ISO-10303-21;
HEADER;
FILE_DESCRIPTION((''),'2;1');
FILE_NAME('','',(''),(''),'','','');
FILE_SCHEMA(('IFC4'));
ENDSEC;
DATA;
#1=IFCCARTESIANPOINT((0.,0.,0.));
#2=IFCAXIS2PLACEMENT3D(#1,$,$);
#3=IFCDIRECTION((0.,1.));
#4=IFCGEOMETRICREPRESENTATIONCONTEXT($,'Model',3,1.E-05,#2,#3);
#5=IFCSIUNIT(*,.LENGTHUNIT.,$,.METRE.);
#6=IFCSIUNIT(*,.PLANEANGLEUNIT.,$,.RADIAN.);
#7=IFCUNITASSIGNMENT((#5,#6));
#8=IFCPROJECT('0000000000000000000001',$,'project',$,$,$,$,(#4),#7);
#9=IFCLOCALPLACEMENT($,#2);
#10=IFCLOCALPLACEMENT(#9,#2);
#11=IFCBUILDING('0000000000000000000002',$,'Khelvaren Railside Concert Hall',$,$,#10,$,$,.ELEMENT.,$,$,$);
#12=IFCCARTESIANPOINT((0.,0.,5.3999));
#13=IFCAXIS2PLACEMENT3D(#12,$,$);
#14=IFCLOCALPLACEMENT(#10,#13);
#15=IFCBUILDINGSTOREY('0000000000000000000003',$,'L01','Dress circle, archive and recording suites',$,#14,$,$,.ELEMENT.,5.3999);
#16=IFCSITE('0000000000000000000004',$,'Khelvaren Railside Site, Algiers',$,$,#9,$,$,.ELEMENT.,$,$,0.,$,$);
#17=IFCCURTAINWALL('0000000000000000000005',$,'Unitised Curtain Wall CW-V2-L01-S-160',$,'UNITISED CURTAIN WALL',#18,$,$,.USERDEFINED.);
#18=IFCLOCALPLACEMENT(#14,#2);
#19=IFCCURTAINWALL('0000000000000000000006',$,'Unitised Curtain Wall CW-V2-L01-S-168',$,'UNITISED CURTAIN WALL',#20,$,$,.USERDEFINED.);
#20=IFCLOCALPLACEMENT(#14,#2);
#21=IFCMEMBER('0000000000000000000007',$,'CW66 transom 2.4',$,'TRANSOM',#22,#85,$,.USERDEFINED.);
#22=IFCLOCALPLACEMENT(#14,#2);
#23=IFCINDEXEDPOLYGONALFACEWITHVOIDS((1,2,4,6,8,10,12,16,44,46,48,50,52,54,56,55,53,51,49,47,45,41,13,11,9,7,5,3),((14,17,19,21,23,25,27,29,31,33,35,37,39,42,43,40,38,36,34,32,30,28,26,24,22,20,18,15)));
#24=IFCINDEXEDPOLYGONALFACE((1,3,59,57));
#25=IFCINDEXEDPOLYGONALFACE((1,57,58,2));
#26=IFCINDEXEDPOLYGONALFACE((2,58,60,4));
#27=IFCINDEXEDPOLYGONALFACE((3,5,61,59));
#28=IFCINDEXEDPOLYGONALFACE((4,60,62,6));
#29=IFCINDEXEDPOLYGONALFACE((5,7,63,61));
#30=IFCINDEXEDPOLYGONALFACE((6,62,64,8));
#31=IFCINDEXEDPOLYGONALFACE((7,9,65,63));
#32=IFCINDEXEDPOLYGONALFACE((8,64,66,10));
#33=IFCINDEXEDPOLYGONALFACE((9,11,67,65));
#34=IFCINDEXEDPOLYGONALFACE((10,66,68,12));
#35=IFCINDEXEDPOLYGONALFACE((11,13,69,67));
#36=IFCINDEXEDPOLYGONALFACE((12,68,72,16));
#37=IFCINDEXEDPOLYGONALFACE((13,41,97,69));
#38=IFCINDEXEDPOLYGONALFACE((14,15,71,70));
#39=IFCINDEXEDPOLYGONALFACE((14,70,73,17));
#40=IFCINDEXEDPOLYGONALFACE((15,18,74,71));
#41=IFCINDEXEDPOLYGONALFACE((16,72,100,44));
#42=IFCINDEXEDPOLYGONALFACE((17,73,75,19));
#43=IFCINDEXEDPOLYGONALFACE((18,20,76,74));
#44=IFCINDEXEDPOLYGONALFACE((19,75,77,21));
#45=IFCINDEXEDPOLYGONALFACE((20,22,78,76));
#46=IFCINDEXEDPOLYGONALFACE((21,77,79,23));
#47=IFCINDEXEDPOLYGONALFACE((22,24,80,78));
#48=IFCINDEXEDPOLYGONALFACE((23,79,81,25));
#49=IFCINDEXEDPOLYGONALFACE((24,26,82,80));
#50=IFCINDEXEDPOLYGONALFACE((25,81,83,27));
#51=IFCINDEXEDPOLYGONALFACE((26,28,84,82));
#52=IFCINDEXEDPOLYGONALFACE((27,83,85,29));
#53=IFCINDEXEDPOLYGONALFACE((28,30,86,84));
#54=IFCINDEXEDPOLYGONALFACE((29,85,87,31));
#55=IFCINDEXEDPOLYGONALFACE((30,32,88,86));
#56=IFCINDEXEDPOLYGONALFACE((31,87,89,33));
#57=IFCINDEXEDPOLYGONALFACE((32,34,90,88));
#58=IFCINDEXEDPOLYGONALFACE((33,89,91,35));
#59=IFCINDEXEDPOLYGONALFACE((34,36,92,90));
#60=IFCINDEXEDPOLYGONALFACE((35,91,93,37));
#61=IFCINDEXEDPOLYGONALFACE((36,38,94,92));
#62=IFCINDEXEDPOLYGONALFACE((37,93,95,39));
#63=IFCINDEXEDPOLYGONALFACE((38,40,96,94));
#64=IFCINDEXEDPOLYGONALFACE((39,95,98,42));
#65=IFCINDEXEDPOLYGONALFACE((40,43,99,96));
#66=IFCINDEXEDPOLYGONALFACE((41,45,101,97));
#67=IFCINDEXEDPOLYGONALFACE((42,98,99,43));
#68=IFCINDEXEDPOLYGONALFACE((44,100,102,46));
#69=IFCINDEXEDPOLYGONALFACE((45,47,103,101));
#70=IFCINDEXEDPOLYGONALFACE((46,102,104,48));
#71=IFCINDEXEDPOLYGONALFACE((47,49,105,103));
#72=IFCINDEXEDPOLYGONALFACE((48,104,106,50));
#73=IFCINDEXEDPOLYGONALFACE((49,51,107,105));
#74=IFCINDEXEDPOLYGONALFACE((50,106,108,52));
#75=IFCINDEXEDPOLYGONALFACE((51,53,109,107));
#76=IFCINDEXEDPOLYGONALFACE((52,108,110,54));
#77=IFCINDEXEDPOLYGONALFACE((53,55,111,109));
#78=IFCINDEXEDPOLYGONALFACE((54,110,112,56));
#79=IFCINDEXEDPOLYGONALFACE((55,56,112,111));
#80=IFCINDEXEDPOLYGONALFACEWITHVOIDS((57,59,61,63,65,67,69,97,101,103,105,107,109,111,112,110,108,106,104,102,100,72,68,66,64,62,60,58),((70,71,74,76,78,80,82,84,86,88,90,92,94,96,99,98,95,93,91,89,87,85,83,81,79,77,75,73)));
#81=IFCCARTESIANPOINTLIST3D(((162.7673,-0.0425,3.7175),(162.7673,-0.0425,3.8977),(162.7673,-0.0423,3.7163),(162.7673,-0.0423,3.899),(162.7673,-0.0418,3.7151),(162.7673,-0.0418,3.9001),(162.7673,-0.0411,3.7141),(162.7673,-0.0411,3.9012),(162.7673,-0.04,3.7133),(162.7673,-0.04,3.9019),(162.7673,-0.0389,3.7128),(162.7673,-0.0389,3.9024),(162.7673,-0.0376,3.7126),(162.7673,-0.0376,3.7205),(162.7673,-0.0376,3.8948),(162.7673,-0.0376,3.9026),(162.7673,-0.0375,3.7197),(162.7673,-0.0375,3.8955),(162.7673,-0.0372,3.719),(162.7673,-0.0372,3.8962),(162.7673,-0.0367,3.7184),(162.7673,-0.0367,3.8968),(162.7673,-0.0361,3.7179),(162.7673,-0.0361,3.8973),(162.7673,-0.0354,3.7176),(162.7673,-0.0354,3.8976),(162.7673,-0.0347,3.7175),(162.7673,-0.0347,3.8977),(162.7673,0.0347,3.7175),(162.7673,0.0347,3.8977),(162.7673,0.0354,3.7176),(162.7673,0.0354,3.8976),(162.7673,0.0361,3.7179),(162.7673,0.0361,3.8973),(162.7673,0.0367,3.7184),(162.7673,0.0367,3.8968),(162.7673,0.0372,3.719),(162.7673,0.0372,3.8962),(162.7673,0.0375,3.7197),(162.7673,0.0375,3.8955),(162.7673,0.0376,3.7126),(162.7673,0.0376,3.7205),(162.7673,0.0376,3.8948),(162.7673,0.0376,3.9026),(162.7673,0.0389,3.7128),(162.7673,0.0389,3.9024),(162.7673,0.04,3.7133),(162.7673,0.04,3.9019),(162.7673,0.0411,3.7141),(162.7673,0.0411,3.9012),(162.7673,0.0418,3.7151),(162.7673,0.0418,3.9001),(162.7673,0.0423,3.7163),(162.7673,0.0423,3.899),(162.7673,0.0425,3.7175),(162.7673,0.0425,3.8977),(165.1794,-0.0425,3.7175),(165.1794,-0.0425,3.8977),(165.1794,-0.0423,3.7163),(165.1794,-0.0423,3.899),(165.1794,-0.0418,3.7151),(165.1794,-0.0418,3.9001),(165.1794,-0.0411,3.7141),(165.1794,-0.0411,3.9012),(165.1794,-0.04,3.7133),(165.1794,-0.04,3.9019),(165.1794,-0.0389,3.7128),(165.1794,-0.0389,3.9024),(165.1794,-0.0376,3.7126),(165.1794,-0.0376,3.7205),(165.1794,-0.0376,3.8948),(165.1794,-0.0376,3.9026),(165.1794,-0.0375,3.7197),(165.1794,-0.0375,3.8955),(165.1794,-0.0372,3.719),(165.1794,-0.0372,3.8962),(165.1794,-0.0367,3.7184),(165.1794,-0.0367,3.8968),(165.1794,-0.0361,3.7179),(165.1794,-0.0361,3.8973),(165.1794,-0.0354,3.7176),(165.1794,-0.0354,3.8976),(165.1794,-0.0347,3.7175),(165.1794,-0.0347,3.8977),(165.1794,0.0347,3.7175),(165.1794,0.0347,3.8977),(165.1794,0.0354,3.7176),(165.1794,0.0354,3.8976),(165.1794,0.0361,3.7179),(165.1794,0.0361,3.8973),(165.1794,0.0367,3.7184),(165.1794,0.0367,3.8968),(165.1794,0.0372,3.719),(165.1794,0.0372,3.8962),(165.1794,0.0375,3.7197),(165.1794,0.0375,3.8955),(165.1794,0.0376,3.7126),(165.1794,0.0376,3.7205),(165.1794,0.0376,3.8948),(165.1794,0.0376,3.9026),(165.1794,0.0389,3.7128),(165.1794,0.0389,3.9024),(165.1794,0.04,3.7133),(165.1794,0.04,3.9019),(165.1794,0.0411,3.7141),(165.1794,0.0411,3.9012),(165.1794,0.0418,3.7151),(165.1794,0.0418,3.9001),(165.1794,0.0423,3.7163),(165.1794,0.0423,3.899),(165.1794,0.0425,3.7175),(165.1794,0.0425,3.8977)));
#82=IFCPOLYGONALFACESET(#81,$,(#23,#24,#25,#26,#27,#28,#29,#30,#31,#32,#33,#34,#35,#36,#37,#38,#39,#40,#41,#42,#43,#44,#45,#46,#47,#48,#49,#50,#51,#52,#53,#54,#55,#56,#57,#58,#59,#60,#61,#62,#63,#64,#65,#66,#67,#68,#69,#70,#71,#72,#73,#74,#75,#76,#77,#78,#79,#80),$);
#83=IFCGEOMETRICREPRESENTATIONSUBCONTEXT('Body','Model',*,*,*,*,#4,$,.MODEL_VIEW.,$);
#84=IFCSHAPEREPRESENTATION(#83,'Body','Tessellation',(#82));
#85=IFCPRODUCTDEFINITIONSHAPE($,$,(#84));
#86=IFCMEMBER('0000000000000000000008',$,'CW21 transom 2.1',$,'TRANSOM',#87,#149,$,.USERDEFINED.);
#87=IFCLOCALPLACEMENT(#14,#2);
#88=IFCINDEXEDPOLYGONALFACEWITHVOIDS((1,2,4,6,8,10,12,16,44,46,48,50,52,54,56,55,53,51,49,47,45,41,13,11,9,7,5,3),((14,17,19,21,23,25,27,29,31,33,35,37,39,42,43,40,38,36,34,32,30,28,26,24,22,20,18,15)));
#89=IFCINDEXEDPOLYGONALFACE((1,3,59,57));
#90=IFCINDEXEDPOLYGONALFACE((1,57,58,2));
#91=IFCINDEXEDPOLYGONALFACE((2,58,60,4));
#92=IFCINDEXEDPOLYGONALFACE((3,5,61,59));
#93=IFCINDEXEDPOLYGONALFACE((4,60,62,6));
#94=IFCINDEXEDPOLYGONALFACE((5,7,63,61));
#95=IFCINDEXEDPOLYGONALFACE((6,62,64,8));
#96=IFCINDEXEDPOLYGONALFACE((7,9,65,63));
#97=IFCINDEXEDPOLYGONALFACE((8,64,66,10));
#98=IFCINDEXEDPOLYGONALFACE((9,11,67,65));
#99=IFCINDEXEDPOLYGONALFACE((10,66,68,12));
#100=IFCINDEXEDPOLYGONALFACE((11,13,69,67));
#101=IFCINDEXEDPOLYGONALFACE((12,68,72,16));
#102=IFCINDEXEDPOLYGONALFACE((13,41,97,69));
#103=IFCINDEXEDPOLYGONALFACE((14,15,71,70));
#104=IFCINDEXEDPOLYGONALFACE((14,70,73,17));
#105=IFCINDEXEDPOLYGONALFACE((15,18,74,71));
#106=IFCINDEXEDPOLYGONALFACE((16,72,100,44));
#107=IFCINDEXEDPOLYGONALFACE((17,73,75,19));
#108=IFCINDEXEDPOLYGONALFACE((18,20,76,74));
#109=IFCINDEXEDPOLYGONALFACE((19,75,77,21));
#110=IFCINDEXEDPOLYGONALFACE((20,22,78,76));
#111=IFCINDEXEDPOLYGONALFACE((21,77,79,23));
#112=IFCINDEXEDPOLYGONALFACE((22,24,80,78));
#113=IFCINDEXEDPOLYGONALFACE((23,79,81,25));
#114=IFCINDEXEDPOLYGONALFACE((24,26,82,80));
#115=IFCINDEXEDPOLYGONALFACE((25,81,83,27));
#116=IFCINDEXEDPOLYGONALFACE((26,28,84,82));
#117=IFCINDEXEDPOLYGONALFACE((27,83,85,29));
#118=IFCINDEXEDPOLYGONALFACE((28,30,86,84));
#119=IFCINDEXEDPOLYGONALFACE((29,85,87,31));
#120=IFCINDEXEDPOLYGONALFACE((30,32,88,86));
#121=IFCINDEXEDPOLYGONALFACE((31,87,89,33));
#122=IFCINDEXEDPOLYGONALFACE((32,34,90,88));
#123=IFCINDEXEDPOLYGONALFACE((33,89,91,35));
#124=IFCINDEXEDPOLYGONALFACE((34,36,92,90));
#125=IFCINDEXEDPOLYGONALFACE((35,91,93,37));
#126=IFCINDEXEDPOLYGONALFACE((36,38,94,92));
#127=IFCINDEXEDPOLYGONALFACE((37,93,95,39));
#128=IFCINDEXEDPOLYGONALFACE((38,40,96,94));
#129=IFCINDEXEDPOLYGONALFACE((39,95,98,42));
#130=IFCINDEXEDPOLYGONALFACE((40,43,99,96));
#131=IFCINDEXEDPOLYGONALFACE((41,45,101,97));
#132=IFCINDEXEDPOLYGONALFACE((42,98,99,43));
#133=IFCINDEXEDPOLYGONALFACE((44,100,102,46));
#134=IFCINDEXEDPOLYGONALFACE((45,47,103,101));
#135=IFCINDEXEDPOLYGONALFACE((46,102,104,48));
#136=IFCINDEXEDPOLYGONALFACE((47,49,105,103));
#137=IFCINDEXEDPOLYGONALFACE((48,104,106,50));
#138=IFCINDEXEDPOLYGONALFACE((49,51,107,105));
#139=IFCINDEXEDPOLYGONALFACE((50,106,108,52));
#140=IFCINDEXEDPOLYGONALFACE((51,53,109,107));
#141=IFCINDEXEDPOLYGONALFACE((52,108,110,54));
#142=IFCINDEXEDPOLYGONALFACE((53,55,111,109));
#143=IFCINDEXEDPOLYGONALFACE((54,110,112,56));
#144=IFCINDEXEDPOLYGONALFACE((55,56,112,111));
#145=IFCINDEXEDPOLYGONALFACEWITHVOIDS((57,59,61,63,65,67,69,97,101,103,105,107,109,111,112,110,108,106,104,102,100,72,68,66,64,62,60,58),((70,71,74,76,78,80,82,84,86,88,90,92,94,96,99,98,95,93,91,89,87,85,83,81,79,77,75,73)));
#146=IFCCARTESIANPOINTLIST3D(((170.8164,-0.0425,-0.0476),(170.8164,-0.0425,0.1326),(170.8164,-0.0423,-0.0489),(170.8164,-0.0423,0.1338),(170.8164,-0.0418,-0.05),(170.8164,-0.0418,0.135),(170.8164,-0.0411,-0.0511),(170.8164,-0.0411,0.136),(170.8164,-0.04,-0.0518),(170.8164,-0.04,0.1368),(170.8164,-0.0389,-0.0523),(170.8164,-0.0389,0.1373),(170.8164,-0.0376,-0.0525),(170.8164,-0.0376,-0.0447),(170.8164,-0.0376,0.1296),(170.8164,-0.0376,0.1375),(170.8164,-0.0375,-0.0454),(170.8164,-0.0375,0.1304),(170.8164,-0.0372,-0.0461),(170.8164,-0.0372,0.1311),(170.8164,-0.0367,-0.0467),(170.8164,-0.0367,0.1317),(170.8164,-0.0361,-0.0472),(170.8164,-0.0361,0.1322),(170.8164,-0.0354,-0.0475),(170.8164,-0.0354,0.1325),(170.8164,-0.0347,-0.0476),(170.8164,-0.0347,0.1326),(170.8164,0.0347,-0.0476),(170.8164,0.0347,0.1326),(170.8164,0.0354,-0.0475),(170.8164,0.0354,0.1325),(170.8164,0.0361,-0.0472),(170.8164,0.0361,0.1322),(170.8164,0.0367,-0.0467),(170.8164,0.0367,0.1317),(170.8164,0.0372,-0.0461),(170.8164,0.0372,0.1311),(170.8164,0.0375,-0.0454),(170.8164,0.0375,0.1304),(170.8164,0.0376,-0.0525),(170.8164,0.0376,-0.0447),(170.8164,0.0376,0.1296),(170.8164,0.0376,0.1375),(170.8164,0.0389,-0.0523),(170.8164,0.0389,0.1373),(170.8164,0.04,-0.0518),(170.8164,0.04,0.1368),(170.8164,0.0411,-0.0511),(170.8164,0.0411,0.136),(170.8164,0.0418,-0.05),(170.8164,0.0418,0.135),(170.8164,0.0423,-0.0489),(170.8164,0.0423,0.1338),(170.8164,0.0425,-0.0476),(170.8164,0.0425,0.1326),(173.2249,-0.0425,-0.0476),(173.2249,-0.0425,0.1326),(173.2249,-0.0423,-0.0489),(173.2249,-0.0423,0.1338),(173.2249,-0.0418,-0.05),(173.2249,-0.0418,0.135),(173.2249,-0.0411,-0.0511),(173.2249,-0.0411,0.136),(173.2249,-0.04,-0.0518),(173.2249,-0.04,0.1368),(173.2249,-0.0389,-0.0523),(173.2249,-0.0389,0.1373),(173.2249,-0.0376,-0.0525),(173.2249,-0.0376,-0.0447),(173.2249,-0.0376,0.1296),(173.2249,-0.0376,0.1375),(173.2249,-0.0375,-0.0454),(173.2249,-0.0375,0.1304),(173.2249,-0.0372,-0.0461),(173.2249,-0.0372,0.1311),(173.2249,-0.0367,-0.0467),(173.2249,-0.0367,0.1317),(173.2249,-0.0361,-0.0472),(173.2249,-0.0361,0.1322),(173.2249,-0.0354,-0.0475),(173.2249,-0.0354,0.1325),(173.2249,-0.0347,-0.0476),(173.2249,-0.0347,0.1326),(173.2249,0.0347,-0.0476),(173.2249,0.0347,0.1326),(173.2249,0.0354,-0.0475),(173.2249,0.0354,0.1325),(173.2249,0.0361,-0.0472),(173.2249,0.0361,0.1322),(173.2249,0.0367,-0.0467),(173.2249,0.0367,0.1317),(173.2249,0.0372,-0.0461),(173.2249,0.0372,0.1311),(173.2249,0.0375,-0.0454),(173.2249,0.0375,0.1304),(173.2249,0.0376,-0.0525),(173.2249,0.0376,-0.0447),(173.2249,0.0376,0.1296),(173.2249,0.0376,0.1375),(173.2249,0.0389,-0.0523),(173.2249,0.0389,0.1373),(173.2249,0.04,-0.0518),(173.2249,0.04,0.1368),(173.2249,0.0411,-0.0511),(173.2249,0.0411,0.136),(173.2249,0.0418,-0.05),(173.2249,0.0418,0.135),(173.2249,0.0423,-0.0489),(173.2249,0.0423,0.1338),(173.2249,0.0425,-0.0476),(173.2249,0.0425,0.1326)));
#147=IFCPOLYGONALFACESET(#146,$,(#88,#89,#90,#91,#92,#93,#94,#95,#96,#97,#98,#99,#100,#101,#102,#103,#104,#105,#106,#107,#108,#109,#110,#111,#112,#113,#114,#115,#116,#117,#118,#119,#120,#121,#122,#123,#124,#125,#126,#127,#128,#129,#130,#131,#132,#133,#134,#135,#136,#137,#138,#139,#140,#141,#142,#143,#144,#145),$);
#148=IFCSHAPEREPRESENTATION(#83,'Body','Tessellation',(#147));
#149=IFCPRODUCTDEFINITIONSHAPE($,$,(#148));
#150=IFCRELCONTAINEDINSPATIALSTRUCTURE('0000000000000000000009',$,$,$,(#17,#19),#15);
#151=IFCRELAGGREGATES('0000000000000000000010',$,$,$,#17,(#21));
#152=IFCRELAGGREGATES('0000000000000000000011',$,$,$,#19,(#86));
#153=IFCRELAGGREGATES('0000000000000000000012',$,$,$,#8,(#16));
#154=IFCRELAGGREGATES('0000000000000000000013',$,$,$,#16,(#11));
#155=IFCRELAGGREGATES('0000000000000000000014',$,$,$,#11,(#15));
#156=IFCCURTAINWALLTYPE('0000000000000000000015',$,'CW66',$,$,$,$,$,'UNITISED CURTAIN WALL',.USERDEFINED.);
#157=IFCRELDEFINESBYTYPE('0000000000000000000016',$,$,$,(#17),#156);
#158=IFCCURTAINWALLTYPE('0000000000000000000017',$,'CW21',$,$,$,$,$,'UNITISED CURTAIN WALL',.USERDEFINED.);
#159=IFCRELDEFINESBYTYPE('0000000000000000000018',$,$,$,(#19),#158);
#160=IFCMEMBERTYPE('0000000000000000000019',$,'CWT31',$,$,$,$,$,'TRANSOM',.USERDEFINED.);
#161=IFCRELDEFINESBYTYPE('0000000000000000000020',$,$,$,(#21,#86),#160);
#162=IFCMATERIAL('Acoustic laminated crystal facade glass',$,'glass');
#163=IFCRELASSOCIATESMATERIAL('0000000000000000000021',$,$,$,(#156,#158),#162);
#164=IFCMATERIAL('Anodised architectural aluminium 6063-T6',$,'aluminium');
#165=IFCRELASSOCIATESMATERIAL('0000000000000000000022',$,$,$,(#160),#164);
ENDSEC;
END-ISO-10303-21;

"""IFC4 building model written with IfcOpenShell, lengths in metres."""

from ifc_helpers import new_model, si_unit, direction, frame, origin, origin_2d, place, context, subcontext, project, spatial, hollow_rectangle, extrude, material, material_profile, profile_set, type_object, element, aggregate, save


model = new_model("IFC4")

# Units and contexts
model_context = context("Model", 3, precision=1e-05, world=origin(), true_north=direction((0.0, 1.0)))
body_context = subcontext(model_context, "Body", "Model", "MODEL_VIEW")
ifc_project = project(units=[si_unit("LENGTHUNIT", "METRE"), si_unit("PLANEANGLEUNIT", "RADIAN")], contexts=[model_context])

# Site, building, storey
site_placement = place(None, origin())
site = spatial("IfcSite", under=ifc_project, at=site_placement, Name="Khelvaren Railside Site, Algiers", CompositionType="ELEMENT", RefElevation=0.0)
building_placement = place(site_placement, origin())
building = spatial("IfcBuilding", under=site, at=building_placement, Name="Khelvaren Railside Concert Hall", CompositionType="ELEMENT")
storey_placement = place(building_placement, frame((0.0, 0.0, 5.3999)))
storey = spatial("IfcBuildingStorey", under=building, at=storey_placement, Name="L01", Description="Dress circle, archive and recording suites", CompositionType="ELEMENT", Elevation=5.3999)

# Curtain walls
ifc_material_1 = material(Name="Acoustic laminated crystal facade glass", Category="glass")
curtain_wall_type_1 = type_object("IfcCurtainWallType", Name="CW66", ElementType="UNITISED CURTAIN WALL", PredefinedType="USERDEFINED", material=ifc_material_1)
curtain_wall_1_placement = place(storey_placement, origin())
curtain_wall_1 = element("IfcCurtainWall", 1, at=curtain_wall_1_placement, inside=storey, type_object=curtain_wall_type_1, Name="Unitised Curtain Wall CW-V2-L01-S-160", ObjectType="UNITISED CURTAIN WALL", PredefinedType="USERDEFINED")
ifc_material_2 = material(Name="Anodised architectural aluminium 6063-T6", Category="aluminium")
curtain_wall_type_2 = type_object("IfcCurtainWallType", Name="CW21", ElementType="UNITISED CURTAIN WALL", PredefinedType="USERDEFINED", material=ifc_material_1)
curtain_wall_2_placement = place(storey_placement, origin())
curtain_wall_2 = element("IfcCurtainWall", 2, at=curtain_wall_2_placement, inside=storey, type_object=curtain_wall_type_2, Name="Unitised Curtain Wall CW-V2-L01-S-168", ObjectType="UNITISED CURTAIN WALL", PredefinedType="USERDEFINED")

# Members
ifc_material_profile_1 = material_profile(ifc_material_2, hollow_rectangle(XDim=0.085, YDim=0.1899, WallThickness=0.0049, InnerFilletRadius=0.0029, OuterFilletRadius=0.0049, at=origin_2d()), Name="CWT 85x190x5")
ifc_profile_set_1 = profile_set([ifc_material_profile_1], Name="Anodised architectural aluminium 6063-T6")
member_type_1 = type_object("IfcMemberType", Name="CWT31", ElementType="TRANSOM", PredefinedType="USERDEFINED", material=ifc_profile_set_1)
member_1_placement = place(storey_placement, frame((165.1794, 0.0, 3.8076), z_axis=(-1.0, 0.0, 0.0), x_axis=(0.0, -1.0, 0.0)))
member_1 = element("IfcMember", 3, at=member_1_placement, type_object=member_type_1, Name="CW66 transom 2.4", ObjectType="TRANSOM", PredefinedType="USERDEFINED", context=body_context, shape_type="SweptSolid", body=[
    extrude(hollow_rectangle(XDim=0.085, YDim=0.1899, WallThickness=0.0049, InnerFilletRadius=0.0029, OuterFilletRadius=0.0049, at=origin_2d()), origin(), (0.0, 0.0, 1.0), 2.4121),
])
member_2_placement = place(storey_placement, frame((173.2249, 0.0, 0.0425), z_axis=(-1.0, 0.0, 0.0), x_axis=(0.0, -1.0, 0.0)))
member_2 = element("IfcMember", 4, at=member_2_placement, type_object=member_type_1, Name="CW21 transom 2.1", ObjectType="TRANSOM", PredefinedType="USERDEFINED", context=body_context, shape_type="SweptSolid", body=[
    extrude(hollow_rectangle(XDim=0.085, YDim=0.1899, WallThickness=0.0049, InnerFilletRadius=0.0029, OuterFilletRadius=0.0049, at=origin_2d()), origin(), (0.0, 0.0, 1.0), 2.4084),
])

aggregate(curtain_wall_1, [member_1])
aggregate(curtain_wall_2, [member_2])

save(model, "model.ifc")
